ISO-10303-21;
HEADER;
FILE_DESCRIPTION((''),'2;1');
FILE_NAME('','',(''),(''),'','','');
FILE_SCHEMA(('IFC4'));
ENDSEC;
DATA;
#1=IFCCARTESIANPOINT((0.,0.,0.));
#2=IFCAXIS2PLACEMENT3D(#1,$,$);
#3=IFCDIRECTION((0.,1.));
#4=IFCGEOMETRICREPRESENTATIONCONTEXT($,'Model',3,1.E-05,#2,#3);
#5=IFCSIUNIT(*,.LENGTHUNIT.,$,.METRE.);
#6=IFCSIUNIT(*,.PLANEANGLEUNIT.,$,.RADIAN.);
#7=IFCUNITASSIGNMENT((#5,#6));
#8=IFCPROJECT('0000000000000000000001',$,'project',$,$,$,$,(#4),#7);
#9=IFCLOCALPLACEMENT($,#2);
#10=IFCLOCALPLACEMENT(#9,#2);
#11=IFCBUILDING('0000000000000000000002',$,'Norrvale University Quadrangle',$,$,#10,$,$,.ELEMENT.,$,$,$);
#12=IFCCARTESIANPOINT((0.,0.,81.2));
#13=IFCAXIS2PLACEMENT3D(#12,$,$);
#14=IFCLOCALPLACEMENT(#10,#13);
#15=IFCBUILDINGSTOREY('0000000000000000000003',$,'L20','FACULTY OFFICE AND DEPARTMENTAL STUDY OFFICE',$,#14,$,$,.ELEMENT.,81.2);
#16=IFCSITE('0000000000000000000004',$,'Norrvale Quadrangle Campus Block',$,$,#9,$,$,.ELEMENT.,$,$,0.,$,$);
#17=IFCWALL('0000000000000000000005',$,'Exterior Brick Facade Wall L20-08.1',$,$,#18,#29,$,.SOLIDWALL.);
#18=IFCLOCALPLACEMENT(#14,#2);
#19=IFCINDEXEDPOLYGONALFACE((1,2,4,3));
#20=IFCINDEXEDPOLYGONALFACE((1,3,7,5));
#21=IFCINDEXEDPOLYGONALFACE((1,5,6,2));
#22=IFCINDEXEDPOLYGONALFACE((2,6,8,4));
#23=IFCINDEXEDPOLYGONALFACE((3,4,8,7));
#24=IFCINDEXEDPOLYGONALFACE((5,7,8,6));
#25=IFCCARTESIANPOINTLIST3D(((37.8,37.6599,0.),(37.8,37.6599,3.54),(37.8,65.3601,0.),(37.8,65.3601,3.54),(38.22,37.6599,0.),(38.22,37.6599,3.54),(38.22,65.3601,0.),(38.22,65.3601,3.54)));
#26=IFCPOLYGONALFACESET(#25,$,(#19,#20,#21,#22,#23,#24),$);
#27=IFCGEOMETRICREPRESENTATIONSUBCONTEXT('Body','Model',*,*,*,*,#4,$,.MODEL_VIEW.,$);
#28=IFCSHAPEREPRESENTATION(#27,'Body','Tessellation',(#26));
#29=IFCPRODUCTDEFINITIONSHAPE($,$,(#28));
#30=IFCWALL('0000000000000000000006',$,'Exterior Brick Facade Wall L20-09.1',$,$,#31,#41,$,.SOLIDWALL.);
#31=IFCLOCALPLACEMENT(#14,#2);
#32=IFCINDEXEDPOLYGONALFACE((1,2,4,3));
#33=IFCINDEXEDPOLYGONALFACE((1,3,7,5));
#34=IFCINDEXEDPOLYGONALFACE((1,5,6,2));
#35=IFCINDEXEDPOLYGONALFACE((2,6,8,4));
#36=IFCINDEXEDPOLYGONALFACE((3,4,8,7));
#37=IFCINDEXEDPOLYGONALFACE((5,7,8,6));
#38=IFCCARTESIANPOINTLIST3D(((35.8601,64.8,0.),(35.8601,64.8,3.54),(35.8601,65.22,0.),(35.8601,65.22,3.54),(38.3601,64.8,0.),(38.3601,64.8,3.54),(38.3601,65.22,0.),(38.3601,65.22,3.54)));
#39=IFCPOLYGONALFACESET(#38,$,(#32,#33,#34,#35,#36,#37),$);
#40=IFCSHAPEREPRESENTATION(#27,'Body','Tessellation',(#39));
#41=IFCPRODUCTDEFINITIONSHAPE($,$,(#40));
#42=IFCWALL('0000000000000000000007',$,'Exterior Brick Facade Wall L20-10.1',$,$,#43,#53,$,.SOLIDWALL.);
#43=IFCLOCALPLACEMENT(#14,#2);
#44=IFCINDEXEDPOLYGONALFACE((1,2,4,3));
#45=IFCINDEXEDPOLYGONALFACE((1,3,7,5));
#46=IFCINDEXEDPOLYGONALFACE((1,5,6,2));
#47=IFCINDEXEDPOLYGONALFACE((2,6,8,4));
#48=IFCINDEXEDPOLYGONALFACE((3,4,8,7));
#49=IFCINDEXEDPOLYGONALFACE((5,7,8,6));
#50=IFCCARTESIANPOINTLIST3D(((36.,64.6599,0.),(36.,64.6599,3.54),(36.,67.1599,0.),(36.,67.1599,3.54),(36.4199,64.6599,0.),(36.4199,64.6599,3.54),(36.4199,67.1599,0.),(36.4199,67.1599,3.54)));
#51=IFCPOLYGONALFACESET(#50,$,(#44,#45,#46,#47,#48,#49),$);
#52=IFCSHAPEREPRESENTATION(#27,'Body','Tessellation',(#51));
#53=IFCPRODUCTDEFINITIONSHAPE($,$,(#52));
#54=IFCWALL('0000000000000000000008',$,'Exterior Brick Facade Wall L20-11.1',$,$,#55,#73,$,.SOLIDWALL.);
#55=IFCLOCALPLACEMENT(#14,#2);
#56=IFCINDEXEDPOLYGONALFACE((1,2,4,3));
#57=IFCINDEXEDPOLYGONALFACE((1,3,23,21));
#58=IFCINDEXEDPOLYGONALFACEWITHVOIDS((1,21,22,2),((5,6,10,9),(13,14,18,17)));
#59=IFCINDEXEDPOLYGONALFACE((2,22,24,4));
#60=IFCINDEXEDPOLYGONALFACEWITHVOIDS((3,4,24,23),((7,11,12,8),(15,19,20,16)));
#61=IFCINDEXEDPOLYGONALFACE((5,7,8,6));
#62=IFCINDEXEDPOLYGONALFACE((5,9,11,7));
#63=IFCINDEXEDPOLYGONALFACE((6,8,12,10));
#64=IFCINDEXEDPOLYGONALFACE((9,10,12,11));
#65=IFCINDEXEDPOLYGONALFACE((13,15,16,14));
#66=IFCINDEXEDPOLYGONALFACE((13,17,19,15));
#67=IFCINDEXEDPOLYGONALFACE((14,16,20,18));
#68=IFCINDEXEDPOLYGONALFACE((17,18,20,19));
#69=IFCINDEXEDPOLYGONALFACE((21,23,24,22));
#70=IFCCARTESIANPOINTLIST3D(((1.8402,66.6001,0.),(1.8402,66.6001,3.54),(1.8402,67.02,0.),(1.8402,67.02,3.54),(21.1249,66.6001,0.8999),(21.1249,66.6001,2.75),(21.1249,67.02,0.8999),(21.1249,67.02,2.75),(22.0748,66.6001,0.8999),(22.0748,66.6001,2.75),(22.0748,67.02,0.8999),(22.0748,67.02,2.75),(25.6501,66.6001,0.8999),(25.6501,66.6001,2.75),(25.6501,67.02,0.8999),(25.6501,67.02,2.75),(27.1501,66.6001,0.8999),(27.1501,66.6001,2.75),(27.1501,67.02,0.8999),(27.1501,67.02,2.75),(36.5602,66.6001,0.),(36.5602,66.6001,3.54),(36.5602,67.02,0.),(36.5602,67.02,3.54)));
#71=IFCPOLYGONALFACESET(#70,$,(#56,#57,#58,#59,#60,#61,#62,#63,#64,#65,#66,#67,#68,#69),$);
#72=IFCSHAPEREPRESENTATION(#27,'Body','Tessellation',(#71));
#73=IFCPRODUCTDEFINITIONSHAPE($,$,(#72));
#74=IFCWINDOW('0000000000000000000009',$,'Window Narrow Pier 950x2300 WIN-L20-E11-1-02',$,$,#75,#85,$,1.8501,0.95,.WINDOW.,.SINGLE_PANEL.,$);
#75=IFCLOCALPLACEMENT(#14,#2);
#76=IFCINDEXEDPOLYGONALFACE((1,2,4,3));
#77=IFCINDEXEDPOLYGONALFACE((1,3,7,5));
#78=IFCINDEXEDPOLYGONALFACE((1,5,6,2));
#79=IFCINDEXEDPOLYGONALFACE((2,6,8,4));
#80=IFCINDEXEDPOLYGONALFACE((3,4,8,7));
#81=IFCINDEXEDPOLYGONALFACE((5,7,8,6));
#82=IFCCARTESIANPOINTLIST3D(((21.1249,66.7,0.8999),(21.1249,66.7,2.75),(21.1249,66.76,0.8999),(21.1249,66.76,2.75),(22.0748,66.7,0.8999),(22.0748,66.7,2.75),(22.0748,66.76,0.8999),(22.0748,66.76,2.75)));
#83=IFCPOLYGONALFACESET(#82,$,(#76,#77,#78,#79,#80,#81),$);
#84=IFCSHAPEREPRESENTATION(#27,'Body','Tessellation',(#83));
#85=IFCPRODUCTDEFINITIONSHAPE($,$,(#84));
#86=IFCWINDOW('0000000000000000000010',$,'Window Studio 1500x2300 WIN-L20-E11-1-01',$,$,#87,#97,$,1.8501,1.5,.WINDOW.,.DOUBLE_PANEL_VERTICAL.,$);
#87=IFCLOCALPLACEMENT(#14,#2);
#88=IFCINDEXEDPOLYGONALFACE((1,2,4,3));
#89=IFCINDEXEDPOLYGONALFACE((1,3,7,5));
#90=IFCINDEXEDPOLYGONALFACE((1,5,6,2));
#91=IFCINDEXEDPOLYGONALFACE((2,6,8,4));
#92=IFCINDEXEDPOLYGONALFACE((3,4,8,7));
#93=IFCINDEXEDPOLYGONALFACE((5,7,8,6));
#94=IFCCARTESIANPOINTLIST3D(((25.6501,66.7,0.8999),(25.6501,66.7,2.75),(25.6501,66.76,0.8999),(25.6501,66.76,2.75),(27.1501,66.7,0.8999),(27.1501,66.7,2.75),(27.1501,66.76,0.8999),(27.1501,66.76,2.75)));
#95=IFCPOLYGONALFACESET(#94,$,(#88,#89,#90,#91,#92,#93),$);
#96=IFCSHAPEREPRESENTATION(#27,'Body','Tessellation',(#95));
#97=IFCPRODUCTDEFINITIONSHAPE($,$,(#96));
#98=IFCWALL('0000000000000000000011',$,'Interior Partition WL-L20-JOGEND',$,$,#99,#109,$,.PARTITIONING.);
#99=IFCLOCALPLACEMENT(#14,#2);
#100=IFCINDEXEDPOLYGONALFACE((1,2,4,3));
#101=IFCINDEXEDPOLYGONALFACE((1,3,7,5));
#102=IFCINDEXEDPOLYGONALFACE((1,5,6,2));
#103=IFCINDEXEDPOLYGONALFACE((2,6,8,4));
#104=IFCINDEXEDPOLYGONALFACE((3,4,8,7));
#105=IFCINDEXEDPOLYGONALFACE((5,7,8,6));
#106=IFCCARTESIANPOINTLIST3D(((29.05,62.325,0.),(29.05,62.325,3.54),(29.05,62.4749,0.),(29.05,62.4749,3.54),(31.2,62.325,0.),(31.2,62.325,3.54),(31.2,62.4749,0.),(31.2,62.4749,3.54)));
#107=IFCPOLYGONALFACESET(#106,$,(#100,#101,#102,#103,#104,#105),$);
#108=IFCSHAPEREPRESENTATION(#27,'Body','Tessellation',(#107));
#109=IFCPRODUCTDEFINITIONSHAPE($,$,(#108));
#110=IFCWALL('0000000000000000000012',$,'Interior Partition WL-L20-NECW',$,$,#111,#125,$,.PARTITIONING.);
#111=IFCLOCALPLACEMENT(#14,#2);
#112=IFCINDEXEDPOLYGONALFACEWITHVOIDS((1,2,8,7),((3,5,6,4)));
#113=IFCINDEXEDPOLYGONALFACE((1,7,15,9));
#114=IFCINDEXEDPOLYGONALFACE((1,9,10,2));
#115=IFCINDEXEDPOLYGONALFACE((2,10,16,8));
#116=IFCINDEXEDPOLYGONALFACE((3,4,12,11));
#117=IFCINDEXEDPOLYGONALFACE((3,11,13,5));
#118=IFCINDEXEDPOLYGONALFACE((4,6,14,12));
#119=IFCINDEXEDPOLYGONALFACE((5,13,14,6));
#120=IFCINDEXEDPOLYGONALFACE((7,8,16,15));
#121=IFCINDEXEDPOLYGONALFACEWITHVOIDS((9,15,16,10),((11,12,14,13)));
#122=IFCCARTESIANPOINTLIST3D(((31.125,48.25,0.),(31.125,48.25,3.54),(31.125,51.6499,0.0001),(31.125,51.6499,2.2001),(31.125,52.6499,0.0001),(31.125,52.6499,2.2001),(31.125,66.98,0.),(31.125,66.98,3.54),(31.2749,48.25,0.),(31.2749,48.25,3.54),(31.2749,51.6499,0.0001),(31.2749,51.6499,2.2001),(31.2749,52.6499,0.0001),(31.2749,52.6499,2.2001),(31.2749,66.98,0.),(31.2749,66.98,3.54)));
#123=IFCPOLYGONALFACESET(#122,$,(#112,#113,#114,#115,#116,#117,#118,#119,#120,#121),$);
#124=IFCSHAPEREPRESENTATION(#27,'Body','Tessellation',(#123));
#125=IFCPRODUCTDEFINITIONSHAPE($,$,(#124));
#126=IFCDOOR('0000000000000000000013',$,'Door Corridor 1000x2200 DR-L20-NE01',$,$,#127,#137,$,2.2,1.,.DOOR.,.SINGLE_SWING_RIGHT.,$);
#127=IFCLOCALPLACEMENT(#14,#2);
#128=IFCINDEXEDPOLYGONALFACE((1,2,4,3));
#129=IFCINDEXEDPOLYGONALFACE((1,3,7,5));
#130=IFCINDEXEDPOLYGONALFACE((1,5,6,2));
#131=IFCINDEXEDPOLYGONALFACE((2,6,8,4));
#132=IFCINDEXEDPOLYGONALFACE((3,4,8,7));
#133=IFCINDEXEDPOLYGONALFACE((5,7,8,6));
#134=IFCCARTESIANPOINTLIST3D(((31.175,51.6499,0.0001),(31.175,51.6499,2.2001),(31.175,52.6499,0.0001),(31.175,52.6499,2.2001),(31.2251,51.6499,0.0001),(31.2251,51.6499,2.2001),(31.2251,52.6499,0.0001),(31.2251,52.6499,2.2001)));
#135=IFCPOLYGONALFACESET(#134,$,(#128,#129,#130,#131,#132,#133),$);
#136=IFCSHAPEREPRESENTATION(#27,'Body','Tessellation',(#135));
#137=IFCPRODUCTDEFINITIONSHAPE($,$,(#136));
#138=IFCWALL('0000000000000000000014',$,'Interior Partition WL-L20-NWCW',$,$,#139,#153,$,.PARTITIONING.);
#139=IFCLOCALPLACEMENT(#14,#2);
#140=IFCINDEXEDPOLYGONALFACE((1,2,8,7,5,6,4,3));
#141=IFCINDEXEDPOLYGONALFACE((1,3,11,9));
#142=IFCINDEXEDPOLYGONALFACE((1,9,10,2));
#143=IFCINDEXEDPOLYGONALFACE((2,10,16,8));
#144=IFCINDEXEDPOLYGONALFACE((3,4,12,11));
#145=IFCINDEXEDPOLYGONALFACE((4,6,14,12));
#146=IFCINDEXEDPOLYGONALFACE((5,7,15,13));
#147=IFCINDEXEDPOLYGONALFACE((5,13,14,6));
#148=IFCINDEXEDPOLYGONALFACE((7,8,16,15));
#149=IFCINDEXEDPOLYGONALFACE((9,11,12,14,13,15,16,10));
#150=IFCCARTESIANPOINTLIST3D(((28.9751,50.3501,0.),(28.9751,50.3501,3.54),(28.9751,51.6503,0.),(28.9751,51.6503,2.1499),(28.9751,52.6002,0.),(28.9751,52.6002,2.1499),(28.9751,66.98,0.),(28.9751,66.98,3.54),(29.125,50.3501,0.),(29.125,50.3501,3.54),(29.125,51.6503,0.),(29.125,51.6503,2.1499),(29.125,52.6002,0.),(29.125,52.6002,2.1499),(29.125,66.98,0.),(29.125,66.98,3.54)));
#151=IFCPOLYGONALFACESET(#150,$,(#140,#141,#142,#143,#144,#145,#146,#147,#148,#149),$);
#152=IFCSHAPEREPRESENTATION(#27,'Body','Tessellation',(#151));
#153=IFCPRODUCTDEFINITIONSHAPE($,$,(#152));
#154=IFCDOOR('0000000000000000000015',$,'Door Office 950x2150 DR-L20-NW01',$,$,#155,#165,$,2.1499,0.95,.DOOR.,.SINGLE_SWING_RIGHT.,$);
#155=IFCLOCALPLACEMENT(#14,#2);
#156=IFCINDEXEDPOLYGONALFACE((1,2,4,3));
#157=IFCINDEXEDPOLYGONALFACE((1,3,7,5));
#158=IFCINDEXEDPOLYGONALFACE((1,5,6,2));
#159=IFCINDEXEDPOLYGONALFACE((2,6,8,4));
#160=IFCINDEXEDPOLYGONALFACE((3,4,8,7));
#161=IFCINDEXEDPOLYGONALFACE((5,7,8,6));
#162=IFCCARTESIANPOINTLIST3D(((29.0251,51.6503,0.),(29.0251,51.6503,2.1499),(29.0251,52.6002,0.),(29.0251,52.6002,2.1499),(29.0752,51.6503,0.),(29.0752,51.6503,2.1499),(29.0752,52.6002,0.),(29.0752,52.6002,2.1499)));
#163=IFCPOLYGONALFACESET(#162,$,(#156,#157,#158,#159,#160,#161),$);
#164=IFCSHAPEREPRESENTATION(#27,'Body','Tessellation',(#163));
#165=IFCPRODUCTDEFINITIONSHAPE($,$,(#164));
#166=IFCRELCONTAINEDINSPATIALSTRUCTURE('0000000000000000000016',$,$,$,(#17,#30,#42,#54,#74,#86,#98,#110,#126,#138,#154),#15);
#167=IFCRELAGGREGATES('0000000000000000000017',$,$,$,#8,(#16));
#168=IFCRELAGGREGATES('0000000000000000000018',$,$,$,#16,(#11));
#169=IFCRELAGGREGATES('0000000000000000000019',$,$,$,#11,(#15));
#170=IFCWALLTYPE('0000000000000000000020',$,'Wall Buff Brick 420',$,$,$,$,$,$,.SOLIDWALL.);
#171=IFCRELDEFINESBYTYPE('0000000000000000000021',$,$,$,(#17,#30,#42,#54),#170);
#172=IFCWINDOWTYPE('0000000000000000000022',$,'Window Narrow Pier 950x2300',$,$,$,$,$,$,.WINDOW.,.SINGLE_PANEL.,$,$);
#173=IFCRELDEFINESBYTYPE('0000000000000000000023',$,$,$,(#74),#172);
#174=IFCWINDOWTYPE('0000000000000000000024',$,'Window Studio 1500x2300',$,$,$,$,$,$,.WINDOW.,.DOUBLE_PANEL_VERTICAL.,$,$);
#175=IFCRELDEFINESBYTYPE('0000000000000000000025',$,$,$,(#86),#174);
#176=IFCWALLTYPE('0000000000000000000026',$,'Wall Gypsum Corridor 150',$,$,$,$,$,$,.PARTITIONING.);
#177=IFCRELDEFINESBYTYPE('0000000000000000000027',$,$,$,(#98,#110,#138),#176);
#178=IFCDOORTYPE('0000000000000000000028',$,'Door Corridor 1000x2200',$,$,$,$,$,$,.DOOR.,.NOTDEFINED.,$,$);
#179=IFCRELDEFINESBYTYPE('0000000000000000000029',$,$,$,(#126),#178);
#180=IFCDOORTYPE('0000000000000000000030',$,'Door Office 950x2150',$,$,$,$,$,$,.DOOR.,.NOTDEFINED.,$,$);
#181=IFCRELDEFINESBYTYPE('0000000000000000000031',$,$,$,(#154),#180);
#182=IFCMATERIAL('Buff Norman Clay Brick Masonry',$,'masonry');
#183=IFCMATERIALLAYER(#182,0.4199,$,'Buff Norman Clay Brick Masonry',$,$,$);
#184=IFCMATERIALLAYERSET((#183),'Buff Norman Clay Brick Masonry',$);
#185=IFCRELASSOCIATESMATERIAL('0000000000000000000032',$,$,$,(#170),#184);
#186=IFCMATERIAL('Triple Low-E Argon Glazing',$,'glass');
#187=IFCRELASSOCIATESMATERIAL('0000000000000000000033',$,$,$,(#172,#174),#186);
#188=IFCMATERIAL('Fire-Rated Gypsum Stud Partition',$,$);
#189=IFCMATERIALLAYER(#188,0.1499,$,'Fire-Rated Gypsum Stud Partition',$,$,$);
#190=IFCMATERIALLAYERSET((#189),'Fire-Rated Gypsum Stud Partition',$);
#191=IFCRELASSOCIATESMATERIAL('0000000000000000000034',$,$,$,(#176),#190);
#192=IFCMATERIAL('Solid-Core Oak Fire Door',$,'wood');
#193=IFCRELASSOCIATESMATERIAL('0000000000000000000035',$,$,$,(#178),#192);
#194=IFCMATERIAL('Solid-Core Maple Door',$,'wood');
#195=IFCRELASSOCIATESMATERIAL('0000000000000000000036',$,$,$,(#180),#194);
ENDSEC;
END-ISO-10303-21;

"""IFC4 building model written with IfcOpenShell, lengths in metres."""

from ifc_helpers import new_model, si_unit, direction, frame, frame_2d, origin, place, context, subcontext, project, spatial, rectangle, extrude, material, layer, layer_set, type_object, element, fill, save


model = new_model("IFC4")

# Units and contexts
model_context = context("Model", 3, precision=1e-05, world=origin(), true_north=direction((0.0, 1.0)))
body_context = subcontext(model_context, "Body", "Model", "MODEL_VIEW")
ifc_project = project(units=[si_unit("LENGTHUNIT", "METRE"), si_unit("PLANEANGLEUNIT", "RADIAN")], contexts=[model_context])

# Site, building, storey
site_placement = place(None, origin())
site = spatial("IfcSite", under=ifc_project, at=site_placement, Name="Norrvale Quadrangle Campus Block", CompositionType="ELEMENT", RefElevation=0.0)
building_placement = place(site_placement, origin())
building = spatial("IfcBuilding", under=site, at=building_placement, Name="Norrvale University Quadrangle", CompositionType="ELEMENT")
storey_placement = place(building_placement, frame((0.0, 0.0, 81.2)))
storey = spatial("IfcBuildingStorey", under=building, at=storey_placement, Name="L20", Description="FACULTY OFFICE AND DEPARTMENTAL STUDY OFFICE", CompositionType="ELEMENT", Elevation=81.2)

# Walls
ifc_material_1 = material(Name="Buff Norman Clay Brick Masonry", Category="masonry")
ifc_layer_1 = layer(ifc_material_1, 0.4199, Name="Buff Norman Clay Brick Masonry")
ifc_layer_set_1 = layer_set([ifc_layer_1], Name="Buff Norman Clay Brick Masonry")
wall_type_1 = type_object("IfcWallType", Name="Wall Buff Brick 420", PredefinedType="SOLIDWALL", material=ifc_layer_set_1)
for number, where, z_axis, x_axis, name in (
    (1, (38.01, 37.6599, 0.0), (0.0, 0.0, 1.0), (0.0, 1.0, 0.0), "Exterior Brick Facade Wall L20-08.1"),
):
    element("IfcWall", number, at=place(storey_placement, frame(where, z_axis=z_axis, x_axis=x_axis)), inside=storey, type_object=wall_type_1, Name=name, PredefinedType="SOLIDWALL", context=body_context, shape_type="SweptSolid", body=[
        extrude(rectangle(XDim=27.7002, YDim=0.4199, at=frame_2d((13.8501, 0.0))), origin(), (0.0, 0.0, 1.0), 3.54),
    ])
for number, where, z_axis, x_axis, name in (
    (2, (38.3601, 65.01, 0.0), (0.0, 0.0, 1.0), (-1.0, 0.0, 0.0), "Exterior Brick Facade Wall L20-09.1"),
    (3, (36.21, 64.6599, 0.0), (0.0, 0.0, 1.0), (0.0, 1.0, 0.0), "Exterior Brick Facade Wall L20-10.1"),
):
    element("IfcWall", number, at=place(storey_placement, frame(where, z_axis=z_axis, x_axis=x_axis)), inside=storey, type_object=wall_type_1, Name=name, PredefinedType="SOLIDWALL", context=body_context, shape_type="SweptSolid", body=[
        extrude(rectangle(XDim=2.5, YDim=0.4199, at=frame_2d((1.25, 0.0))), origin(), (0.0, 0.0, 1.0), 3.54),
    ])

# Wall, openings, windows
wall_1_placement = place(storey_placement, frame((36.5601, 66.8101, 0.0), z_axis=(0.0, 0.0, 1.0), x_axis=(-1.0, 0.0, 0.0)))
wall_1 = element("IfcWall", 4, at=wall_1_placement, inside=storey, type_object=wall_type_1, Name="Exterior Brick Facade Wall L20-11.1", PredefinedType="SOLIDWALL", context=body_context, shape_type="SweptSolid", body=[
    extrude(rectangle(XDim=34.72, YDim=0.4199, at=frame_2d((17.3599, 0.0))), origin(), (0.0, 0.0, 1.0), 3.54),
])
opening_1_placement = place(wall_1_placement, frame((9.4099, 0.0, 0.8999)))
opening_1 = element("IfcOpeningElement", 5, at=opening_1_placement, cuts=wall_1, PredefinedType="OPENING", context=body_context, shape_type="SweptSolid", body=[
    extrude(rectangle(XDim=1.5, YDim=1.8501, at=frame_2d((0.75, 0.925))), frame((0.0, 0.2219, 0.0), z_axis=(0.0, -1.0, 0.0), x_axis=(1.0, 0.0, 0.0)), (0.0, 0.0, 1.0), 0.4438),
])
opening_2_placement = place(wall_1_placement, frame((14.4851, 0.0, 0.8999)))
opening_2 = element("IfcOpeningElement", 6, at=opening_2_placement, cuts=wall_1, PredefinedType="OPENING", context=body_context, shape_type="SweptSolid", body=[
    extrude(rectangle(XDim=0.95, YDim=1.8501, at=frame_2d((0.4751, 0.925))), frame((0.0, 0.2219, 0.0), z_axis=(0.0, -1.0, 0.0), x_axis=(1.0, 0.0, 0.0)), (0.0, 0.0, 1.0), 0.4438),
])
ifc_material_2 = material(Name="Triple Low-E Argon Glazing", Category="glass")
window_type_1 = type_object("IfcWindowType", Name="Window Narrow Pier 950x2300", PartitioningType="SINGLE_PANEL", PredefinedType="WINDOW", material=ifc_material_2)
window_1_placement = place(opening_2_placement, origin())
window_1 = element("IfcWindow", 7, at=window_1_placement, inside=storey, type_object=window_type_1, Name="Window Narrow Pier 950x2300 WIN-L20-E11-1-02", OverallHeight=1.8501, OverallWidth=0.95, PartitioningType="SINGLE_PANEL", PredefinedType="WINDOW", context=body_context, shape_type="SweptSolid", body=[
    extrude(rectangle(XDim=0.95, YDim=1.8501, at=frame_2d((0.4751, 0.925))), frame((0.0, 0.1101, 0.0), z_axis=(0.0, -1.0, 0.0), x_axis=(1.0, 0.0, 0.0)), (0.0, 0.0, 1.0), 0.0601),
])
fill(opening_2, window_1)
window_type_2 = type_object("IfcWindowType", Name="Window Studio 1500x2300", PartitioningType="DOUBLE_PANEL_VERTICAL", PredefinedType="WINDOW", material=ifc_material_2)
window_2_placement = place(opening_1_placement, origin())
window_2 = element("IfcWindow", 8, at=window_2_placement, inside=storey, type_object=window_type_2, Name="Window Studio 1500x2300 WIN-L20-E11-1-01", OverallHeight=1.8501, OverallWidth=1.5, PartitioningType="DOUBLE_PANEL_VERTICAL", PredefinedType="WINDOW", context=body_context, shape_type="SweptSolid", body=[
    extrude(rectangle(XDim=1.5, YDim=1.8501, at=frame_2d((0.75, 0.925))), frame((0.0, 0.1101, 0.0), z_axis=(0.0, -1.0, 0.0), x_axis=(1.0, 0.0, 0.0)), (0.0, 0.0, 1.0), 0.0601),
])
fill(opening_1, window_2)

# Wall
ifc_material_3 = material(Name="Fire-Rated Gypsum Stud Partition")
ifc_layer_2 = layer(ifc_material_3, 0.1499, Name="Fire-Rated Gypsum Stud Partition")
ifc_layer_set_2 = layer_set([ifc_layer_2], Name="Fire-Rated Gypsum Stud Partition")
wall_type_2 = type_object("IfcWallType", Name="Wall Gypsum Corridor 150", PredefinedType="PARTITIONING", material=ifc_layer_set_2)
wall_2_placement = place(storey_placement, frame((29.05, 62.3999, 0.0), z_axis=(0.0, 0.0, 1.0), x_axis=(1.0, 0.0, 0.0)))
element("IfcWall", 9, at=wall_2_placement, inside=storey, type_object=wall_type_2, Name="Interior Partition WL-L20-JOGEND", PredefinedType="PARTITIONING", context=body_context, shape_type="SweptSolid", body=[
    extrude(rectangle(XDim=2.1499, YDim=0.1499, at=frame_2d((1.075, 0.0))), origin(), (0.0, 0.0, 1.0), 3.54),
])

# Walls, openings, doors
wall_3_placement = place(storey_placement, frame((31.2, 48.25, 0.0), z_axis=(0.0, 0.0, 1.0), x_axis=(0.0, 1.0, 0.0)))
wall_3 = element("IfcWall", 10, at=wall_3_placement, inside=storey, type_object=wall_type_2, Name="Interior Partition WL-L20-NECW", PredefinedType="PARTITIONING", context=body_context, shape_type="SweptSolid", body=[
    extrude(rectangle(XDim=18.73, YDim=0.1499, at=frame_2d((9.365, 0.0))), origin(), (0.0, 0.0, 1.0), 3.54),
])
opening_3_placement = place(wall_3_placement, frame((3.3999, 0.0, 0.0)))
opening_3 = element("IfcOpeningElement", 11, at=opening_3_placement, cuts=wall_3, PredefinedType="OPENING", context=body_context, shape_type="SweptSolid", body=[
    extrude(rectangle(XDim=1.0, YDim=2.2, at=frame_2d((0.5, 1.1001))), frame((0.0, 0.0869, 0.0), z_axis=(0.0, -1.0, 0.0), x_axis=(1.0, 0.0, 0.0)), (0.0, 0.0, 1.0), 0.1738),
])
ifc_material_4 = material(Name="Solid-Core Oak Fire Door", Category="wood")
door_type_1 = type_object("IfcDoorType", Name="Door Corridor 1000x2200", OperationType="NOTDEFINED", PredefinedType="DOOR", material=ifc_material_4)
door_1_placement = place(opening_3_placement, origin())
door_1 = element("IfcDoor", 12, at=door_1_placement, inside=storey, type_object=door_type_1, Name="Door Corridor 1000x2200 DR-L20-NE01", OperationType="SINGLE_SWING_RIGHT", OverallHeight=2.2, OverallWidth=1.0, PredefinedType="DOOR", context=body_context, shape_type="SweptSolid", body=[
    extrude(rectangle(XDim=1.0, YDim=2.2, at=frame_2d((0.5, 1.1001))), frame((0.0, 0.0249, 0.0), z_axis=(0.0, -1.0, 0.0), x_axis=(1.0, 0.0, 0.0)), (0.0, 0.0, 1.0), 0.05),
])
fill(opening_3, door_1)
wall_4_placement = place(storey_placement, frame((29.05, 50.3501, 0.0), z_axis=(0.0, 0.0, 1.0), x_axis=(0.0, 1.0, 0.0)))
wall_4 = element("IfcWall", 13, at=wall_4_placement, inside=storey, type_object=wall_type_2, Name="Interior Partition WL-L20-NWCW", PredefinedType="PARTITIONING", context=body_context, shape_type="SweptSolid", body=[
    extrude(rectangle(XDim=16.6299, YDim=0.1499, at=frame_2d((8.3149, 0.0))), origin(), (0.0, 0.0, 1.0), 3.54),
])
opening_4_placement = place(wall_4_placement, frame((1.3, 0.0, 0.0)))
opening_4 = element("IfcOpeningElement", 14, at=opening_4_placement, cuts=wall_4, PredefinedType="OPENING", context=body_context, shape_type="SweptSolid", body=[
    extrude(rectangle(XDim=0.95, YDim=2.1499, at=frame_2d((0.4751, 1.075))), frame((0.0, 0.0869, 0.0), z_axis=(0.0, -1.0, 0.0), x_axis=(1.0, 0.0, 0.0)), (0.0, 0.0, 1.0), 0.1738),
])
ifc_material_5 = material(Name="Solid-Core Maple Door", Category="wood")
door_type_2 = type_object("IfcDoorType", Name="Door Office 950x2150", OperationType="NOTDEFINED", PredefinedType="DOOR", material=ifc_material_5)
door_2_placement = place(opening_4_placement, origin())
door_2 = element("IfcDoor", 15, at=door_2_placement, inside=storey, type_object=door_type_2, Name="Door Office 950x2150 DR-L20-NW01", OperationType="SINGLE_SWING_RIGHT", OverallHeight=2.1499, OverallWidth=0.95, PredefinedType="DOOR", context=body_context, shape_type="SweptSolid", body=[
    extrude(rectangle(XDim=0.95, YDim=2.1499, at=frame_2d((0.4751, 1.075))), frame((0.0, 0.0249, 0.0), z_axis=(0.0, -1.0, 0.0), x_axis=(1.0, 0.0, 0.0)), (0.0, 0.0, 1.0), 0.05),
])
fill(opening_4, door_2)

save(model, "model.ifc")
